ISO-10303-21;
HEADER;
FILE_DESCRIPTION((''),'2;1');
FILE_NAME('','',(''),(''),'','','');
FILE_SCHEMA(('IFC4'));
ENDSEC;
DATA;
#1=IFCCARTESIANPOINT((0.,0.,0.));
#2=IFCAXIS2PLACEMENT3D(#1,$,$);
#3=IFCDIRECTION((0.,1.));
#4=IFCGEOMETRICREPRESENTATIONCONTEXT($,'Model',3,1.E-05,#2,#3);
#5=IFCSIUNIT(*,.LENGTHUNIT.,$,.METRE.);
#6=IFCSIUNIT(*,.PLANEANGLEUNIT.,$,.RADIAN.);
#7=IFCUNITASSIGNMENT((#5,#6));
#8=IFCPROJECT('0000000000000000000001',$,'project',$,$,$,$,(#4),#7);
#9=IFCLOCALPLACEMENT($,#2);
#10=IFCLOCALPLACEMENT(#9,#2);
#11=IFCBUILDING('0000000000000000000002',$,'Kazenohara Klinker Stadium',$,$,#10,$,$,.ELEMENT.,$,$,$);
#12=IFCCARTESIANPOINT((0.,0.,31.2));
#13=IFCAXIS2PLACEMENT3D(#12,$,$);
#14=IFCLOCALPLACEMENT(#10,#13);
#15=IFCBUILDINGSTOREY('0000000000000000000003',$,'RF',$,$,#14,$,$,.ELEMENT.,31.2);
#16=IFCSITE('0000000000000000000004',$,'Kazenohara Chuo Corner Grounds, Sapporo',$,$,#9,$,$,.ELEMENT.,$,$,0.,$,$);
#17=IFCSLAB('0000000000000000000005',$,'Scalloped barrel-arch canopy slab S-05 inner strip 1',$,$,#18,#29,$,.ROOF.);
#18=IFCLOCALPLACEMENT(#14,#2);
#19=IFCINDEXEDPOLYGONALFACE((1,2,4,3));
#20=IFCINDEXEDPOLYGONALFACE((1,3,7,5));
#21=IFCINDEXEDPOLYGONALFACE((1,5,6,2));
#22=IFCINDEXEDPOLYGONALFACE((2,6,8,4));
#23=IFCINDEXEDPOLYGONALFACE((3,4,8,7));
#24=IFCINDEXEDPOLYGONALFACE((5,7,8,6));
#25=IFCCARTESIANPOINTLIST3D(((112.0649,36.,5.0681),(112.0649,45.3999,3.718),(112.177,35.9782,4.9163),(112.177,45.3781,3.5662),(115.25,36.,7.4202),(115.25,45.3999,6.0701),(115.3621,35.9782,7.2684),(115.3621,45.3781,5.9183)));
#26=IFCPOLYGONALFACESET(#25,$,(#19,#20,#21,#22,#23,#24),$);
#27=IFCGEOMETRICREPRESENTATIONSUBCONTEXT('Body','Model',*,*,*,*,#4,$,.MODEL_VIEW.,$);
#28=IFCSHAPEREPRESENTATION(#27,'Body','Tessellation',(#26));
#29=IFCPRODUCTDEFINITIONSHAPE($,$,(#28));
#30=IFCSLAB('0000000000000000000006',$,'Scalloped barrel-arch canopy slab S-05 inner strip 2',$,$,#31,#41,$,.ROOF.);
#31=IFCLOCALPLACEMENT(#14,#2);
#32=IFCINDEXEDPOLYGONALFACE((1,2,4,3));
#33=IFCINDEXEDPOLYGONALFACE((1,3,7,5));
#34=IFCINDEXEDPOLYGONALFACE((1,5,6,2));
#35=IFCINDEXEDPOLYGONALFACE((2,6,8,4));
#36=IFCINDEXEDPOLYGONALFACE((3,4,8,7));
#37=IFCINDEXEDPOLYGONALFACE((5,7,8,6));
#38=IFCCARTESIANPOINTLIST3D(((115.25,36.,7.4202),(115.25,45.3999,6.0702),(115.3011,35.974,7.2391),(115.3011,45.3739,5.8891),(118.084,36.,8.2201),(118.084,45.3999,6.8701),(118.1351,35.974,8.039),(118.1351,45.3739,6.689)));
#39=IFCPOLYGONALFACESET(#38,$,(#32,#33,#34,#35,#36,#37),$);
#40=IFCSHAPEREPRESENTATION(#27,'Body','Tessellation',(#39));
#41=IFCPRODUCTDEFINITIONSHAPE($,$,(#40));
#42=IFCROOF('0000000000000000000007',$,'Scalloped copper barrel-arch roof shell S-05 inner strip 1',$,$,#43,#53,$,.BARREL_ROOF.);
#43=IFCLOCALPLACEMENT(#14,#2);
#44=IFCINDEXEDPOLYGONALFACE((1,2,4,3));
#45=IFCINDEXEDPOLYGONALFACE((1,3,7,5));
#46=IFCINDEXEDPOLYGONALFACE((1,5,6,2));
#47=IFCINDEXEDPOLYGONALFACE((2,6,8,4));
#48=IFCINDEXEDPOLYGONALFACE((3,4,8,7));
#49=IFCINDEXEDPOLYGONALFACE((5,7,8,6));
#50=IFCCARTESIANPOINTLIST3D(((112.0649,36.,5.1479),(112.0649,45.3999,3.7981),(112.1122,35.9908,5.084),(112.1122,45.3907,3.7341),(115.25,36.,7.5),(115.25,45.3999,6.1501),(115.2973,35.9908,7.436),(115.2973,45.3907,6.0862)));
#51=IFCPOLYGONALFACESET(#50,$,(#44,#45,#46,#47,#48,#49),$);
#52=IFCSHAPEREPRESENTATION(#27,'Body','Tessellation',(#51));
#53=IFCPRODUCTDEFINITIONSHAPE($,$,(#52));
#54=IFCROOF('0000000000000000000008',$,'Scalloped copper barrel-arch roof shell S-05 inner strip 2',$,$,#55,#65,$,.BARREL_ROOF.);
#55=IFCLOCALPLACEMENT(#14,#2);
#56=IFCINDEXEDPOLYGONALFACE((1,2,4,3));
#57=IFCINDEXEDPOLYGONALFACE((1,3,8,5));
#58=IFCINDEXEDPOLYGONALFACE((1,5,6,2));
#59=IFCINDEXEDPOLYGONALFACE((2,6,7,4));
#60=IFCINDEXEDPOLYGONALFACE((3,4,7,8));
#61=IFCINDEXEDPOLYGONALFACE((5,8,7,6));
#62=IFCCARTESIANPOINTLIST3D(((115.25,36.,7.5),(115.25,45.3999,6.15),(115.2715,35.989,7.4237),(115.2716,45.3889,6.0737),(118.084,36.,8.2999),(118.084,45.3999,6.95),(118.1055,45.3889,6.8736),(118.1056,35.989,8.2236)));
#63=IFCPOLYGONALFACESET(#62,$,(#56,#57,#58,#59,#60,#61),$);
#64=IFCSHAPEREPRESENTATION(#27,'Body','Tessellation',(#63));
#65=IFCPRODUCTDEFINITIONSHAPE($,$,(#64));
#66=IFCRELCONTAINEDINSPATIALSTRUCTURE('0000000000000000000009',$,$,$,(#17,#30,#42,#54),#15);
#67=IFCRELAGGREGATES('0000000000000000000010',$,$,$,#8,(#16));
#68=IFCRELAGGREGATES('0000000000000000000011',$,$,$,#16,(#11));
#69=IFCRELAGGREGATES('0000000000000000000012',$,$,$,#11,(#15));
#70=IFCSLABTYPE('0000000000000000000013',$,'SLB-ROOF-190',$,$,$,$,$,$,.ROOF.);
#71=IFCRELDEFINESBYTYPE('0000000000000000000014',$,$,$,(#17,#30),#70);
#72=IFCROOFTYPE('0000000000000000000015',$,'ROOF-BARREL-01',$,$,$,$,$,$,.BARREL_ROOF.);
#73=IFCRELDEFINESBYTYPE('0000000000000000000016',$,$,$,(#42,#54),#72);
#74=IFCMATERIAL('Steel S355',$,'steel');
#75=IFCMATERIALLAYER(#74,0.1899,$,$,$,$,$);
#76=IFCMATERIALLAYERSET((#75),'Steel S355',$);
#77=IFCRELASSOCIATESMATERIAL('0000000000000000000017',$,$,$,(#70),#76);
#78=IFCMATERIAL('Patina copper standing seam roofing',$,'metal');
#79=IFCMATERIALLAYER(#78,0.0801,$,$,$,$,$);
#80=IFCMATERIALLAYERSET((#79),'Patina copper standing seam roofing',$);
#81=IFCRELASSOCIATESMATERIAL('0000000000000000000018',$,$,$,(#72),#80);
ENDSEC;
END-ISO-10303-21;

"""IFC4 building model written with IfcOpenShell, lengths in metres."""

from ifc_helpers import new_model, si_unit, direction, frame, origin, place, context, subcontext, project, spatial, polyline, outline, extrude, material, layer, layer_set, type_object, element, save


model = new_model("IFC4")

# Units and contexts
model_context = context("Model", 3, precision=1e-05, world=origin(), true_north=direction((0.0, 1.0)))
body_context = subcontext(model_context, "Body", "Model", "MODEL_VIEW")
ifc_project = project(units=[si_unit("LENGTHUNIT", "METRE"), si_unit("PLANEANGLEUNIT", "RADIAN")], contexts=[model_context])

# Site, building, storey
site_placement = place(None, origin())
site = spatial("IfcSite", under=ifc_project, at=site_placement, Name="Kazenohara Chuo Corner Grounds, Sapporo", CompositionType="ELEMENT", RefElevation=0.0)
building_placement = place(site_placement, origin())
building = spatial("IfcBuilding", under=site, at=building_placement, Name="Kazenohara Klinker Stadium", CompositionType="ELEMENT")
storey_placement = place(building_placement, frame((0.0, 0.0, 31.2)))
storey = spatial("IfcBuildingStorey", under=building, at=storey_placement, Name="RF", CompositionType="ELEMENT", Elevation=31.2)

# Shared definitions
ifc_material_1 = material(Name="Steel S355", Category="steel")

# Slabs
ifc_layer_1 = layer(ifc_material_1, 0.1899)
ifc_layer_set_1 = layer_set([ifc_layer_1], Name="Steel S355")
slab_type = type_object("IfcSlabType", Name="SLB-ROOF-190", PredefinedType="ROOF", material=ifc_layer_set_1)
slab_1_placement = place(storey_placement, frame((112.0649, 36.0, 5.0681), z_axis=(-0.590118, 0.114776, 0.799116), x_axis=(0.0, 0.989842, -0.14217)))
element("IfcSlab", 1, at=slab_1_placement, inside=storey, type_object=slab_type, Name="Scalloped barrel-arch canopy slab S-05 inner strip 1", PredefinedType="ROOF", context=body_context, shape_type="SweptSolid", body=[
    extrude(outline(polyline([(0.0, 0.0), (9.4964, 0.0), (9.162, -3.9452), (-0.3344, -3.9452), (0.0, 0.0)])), origin(), (0.0, 0.0, -1.0), 0.1899),
])
slab_2_placement = place(storey_placement, frame((115.25, 36.0, 7.4202), z_axis=(-0.26909, 0.136914, 0.953334), x_axis=(-0.000003, 0.989844, -0.142158)))
element("IfcSlab", 2, at=slab_2_placement, inside=storey, type_object=slab_type, Name="Scalloped barrel-arch canopy slab S-05 inner strip 2", PredefinedType="ROOF", context=body_context, shape_type="SweptSolid", body=[
    extrude(outline(polyline([(0.0, 0.0), (9.4964, 0.0), (9.3826, -2.9426), (-0.1137, -2.9425), (0.0, 0.0)])), origin(), (0.0, 0.0, -1.0), 0.1899),
])

# Roofs
ifc_material_2 = material(Name="Patina copper standing seam roofing", Category="metal")
ifc_layer_2 = layer(ifc_material_2, 0.0801)
ifc_layer_set_2 = layer_set([ifc_layer_2], Name="Patina copper standing seam roofing")
roof_type = type_object("IfcRoofType", Name="ROOF-BARREL-01", PredefinedType="BARREL_ROOF", material=ifc_layer_set_2)
roof_1_placement = place(storey_placement, frame((112.0649, 36.0, 5.1479), z_axis=(-0.59012, 0.114756, 0.799118), x_axis=(0.0, 0.989846, -0.142145)))
element("IfcRoof", 3, at=roof_1_placement, inside=storey, type_object=roof_type, Name="Scalloped copper barrel-arch roof shell S-05 inner strip 1", PredefinedType="BARREL_ROOF", context=body_context, shape_type="SweptSolid", body=[
    extrude(outline(polyline([(0.0, 0.0), (9.4963, 0.0), (9.162, -3.9452), (-0.3343, -3.9452), (0.0, 0.0)])), origin(), (0.0, 0.0, -1.0), 0.0801),
])
roof_2_placement = place(storey_placement, frame((115.25, 36.0, 7.5), z_axis=(-0.26909, 0.136914, 0.953334), x_axis=(0.000003, 0.989844, -0.142156)))
element("IfcRoof", 4, at=roof_2_placement, inside=storey, type_object=roof_type, Name="Scalloped copper barrel-arch roof shell S-05 inner strip 2", PredefinedType="BARREL_ROOF", context=body_context, shape_type="SweptSolid", body=[
    extrude(outline(polyline([(0.0, 0.0), (9.4963, 0.0), (9.3826, -2.9425), (-0.1137, -2.9426), (0.0, 0.0)])), origin(), (0.0, 0.0, -1.0), 0.0801),
])

save(model, "model.ifc")
